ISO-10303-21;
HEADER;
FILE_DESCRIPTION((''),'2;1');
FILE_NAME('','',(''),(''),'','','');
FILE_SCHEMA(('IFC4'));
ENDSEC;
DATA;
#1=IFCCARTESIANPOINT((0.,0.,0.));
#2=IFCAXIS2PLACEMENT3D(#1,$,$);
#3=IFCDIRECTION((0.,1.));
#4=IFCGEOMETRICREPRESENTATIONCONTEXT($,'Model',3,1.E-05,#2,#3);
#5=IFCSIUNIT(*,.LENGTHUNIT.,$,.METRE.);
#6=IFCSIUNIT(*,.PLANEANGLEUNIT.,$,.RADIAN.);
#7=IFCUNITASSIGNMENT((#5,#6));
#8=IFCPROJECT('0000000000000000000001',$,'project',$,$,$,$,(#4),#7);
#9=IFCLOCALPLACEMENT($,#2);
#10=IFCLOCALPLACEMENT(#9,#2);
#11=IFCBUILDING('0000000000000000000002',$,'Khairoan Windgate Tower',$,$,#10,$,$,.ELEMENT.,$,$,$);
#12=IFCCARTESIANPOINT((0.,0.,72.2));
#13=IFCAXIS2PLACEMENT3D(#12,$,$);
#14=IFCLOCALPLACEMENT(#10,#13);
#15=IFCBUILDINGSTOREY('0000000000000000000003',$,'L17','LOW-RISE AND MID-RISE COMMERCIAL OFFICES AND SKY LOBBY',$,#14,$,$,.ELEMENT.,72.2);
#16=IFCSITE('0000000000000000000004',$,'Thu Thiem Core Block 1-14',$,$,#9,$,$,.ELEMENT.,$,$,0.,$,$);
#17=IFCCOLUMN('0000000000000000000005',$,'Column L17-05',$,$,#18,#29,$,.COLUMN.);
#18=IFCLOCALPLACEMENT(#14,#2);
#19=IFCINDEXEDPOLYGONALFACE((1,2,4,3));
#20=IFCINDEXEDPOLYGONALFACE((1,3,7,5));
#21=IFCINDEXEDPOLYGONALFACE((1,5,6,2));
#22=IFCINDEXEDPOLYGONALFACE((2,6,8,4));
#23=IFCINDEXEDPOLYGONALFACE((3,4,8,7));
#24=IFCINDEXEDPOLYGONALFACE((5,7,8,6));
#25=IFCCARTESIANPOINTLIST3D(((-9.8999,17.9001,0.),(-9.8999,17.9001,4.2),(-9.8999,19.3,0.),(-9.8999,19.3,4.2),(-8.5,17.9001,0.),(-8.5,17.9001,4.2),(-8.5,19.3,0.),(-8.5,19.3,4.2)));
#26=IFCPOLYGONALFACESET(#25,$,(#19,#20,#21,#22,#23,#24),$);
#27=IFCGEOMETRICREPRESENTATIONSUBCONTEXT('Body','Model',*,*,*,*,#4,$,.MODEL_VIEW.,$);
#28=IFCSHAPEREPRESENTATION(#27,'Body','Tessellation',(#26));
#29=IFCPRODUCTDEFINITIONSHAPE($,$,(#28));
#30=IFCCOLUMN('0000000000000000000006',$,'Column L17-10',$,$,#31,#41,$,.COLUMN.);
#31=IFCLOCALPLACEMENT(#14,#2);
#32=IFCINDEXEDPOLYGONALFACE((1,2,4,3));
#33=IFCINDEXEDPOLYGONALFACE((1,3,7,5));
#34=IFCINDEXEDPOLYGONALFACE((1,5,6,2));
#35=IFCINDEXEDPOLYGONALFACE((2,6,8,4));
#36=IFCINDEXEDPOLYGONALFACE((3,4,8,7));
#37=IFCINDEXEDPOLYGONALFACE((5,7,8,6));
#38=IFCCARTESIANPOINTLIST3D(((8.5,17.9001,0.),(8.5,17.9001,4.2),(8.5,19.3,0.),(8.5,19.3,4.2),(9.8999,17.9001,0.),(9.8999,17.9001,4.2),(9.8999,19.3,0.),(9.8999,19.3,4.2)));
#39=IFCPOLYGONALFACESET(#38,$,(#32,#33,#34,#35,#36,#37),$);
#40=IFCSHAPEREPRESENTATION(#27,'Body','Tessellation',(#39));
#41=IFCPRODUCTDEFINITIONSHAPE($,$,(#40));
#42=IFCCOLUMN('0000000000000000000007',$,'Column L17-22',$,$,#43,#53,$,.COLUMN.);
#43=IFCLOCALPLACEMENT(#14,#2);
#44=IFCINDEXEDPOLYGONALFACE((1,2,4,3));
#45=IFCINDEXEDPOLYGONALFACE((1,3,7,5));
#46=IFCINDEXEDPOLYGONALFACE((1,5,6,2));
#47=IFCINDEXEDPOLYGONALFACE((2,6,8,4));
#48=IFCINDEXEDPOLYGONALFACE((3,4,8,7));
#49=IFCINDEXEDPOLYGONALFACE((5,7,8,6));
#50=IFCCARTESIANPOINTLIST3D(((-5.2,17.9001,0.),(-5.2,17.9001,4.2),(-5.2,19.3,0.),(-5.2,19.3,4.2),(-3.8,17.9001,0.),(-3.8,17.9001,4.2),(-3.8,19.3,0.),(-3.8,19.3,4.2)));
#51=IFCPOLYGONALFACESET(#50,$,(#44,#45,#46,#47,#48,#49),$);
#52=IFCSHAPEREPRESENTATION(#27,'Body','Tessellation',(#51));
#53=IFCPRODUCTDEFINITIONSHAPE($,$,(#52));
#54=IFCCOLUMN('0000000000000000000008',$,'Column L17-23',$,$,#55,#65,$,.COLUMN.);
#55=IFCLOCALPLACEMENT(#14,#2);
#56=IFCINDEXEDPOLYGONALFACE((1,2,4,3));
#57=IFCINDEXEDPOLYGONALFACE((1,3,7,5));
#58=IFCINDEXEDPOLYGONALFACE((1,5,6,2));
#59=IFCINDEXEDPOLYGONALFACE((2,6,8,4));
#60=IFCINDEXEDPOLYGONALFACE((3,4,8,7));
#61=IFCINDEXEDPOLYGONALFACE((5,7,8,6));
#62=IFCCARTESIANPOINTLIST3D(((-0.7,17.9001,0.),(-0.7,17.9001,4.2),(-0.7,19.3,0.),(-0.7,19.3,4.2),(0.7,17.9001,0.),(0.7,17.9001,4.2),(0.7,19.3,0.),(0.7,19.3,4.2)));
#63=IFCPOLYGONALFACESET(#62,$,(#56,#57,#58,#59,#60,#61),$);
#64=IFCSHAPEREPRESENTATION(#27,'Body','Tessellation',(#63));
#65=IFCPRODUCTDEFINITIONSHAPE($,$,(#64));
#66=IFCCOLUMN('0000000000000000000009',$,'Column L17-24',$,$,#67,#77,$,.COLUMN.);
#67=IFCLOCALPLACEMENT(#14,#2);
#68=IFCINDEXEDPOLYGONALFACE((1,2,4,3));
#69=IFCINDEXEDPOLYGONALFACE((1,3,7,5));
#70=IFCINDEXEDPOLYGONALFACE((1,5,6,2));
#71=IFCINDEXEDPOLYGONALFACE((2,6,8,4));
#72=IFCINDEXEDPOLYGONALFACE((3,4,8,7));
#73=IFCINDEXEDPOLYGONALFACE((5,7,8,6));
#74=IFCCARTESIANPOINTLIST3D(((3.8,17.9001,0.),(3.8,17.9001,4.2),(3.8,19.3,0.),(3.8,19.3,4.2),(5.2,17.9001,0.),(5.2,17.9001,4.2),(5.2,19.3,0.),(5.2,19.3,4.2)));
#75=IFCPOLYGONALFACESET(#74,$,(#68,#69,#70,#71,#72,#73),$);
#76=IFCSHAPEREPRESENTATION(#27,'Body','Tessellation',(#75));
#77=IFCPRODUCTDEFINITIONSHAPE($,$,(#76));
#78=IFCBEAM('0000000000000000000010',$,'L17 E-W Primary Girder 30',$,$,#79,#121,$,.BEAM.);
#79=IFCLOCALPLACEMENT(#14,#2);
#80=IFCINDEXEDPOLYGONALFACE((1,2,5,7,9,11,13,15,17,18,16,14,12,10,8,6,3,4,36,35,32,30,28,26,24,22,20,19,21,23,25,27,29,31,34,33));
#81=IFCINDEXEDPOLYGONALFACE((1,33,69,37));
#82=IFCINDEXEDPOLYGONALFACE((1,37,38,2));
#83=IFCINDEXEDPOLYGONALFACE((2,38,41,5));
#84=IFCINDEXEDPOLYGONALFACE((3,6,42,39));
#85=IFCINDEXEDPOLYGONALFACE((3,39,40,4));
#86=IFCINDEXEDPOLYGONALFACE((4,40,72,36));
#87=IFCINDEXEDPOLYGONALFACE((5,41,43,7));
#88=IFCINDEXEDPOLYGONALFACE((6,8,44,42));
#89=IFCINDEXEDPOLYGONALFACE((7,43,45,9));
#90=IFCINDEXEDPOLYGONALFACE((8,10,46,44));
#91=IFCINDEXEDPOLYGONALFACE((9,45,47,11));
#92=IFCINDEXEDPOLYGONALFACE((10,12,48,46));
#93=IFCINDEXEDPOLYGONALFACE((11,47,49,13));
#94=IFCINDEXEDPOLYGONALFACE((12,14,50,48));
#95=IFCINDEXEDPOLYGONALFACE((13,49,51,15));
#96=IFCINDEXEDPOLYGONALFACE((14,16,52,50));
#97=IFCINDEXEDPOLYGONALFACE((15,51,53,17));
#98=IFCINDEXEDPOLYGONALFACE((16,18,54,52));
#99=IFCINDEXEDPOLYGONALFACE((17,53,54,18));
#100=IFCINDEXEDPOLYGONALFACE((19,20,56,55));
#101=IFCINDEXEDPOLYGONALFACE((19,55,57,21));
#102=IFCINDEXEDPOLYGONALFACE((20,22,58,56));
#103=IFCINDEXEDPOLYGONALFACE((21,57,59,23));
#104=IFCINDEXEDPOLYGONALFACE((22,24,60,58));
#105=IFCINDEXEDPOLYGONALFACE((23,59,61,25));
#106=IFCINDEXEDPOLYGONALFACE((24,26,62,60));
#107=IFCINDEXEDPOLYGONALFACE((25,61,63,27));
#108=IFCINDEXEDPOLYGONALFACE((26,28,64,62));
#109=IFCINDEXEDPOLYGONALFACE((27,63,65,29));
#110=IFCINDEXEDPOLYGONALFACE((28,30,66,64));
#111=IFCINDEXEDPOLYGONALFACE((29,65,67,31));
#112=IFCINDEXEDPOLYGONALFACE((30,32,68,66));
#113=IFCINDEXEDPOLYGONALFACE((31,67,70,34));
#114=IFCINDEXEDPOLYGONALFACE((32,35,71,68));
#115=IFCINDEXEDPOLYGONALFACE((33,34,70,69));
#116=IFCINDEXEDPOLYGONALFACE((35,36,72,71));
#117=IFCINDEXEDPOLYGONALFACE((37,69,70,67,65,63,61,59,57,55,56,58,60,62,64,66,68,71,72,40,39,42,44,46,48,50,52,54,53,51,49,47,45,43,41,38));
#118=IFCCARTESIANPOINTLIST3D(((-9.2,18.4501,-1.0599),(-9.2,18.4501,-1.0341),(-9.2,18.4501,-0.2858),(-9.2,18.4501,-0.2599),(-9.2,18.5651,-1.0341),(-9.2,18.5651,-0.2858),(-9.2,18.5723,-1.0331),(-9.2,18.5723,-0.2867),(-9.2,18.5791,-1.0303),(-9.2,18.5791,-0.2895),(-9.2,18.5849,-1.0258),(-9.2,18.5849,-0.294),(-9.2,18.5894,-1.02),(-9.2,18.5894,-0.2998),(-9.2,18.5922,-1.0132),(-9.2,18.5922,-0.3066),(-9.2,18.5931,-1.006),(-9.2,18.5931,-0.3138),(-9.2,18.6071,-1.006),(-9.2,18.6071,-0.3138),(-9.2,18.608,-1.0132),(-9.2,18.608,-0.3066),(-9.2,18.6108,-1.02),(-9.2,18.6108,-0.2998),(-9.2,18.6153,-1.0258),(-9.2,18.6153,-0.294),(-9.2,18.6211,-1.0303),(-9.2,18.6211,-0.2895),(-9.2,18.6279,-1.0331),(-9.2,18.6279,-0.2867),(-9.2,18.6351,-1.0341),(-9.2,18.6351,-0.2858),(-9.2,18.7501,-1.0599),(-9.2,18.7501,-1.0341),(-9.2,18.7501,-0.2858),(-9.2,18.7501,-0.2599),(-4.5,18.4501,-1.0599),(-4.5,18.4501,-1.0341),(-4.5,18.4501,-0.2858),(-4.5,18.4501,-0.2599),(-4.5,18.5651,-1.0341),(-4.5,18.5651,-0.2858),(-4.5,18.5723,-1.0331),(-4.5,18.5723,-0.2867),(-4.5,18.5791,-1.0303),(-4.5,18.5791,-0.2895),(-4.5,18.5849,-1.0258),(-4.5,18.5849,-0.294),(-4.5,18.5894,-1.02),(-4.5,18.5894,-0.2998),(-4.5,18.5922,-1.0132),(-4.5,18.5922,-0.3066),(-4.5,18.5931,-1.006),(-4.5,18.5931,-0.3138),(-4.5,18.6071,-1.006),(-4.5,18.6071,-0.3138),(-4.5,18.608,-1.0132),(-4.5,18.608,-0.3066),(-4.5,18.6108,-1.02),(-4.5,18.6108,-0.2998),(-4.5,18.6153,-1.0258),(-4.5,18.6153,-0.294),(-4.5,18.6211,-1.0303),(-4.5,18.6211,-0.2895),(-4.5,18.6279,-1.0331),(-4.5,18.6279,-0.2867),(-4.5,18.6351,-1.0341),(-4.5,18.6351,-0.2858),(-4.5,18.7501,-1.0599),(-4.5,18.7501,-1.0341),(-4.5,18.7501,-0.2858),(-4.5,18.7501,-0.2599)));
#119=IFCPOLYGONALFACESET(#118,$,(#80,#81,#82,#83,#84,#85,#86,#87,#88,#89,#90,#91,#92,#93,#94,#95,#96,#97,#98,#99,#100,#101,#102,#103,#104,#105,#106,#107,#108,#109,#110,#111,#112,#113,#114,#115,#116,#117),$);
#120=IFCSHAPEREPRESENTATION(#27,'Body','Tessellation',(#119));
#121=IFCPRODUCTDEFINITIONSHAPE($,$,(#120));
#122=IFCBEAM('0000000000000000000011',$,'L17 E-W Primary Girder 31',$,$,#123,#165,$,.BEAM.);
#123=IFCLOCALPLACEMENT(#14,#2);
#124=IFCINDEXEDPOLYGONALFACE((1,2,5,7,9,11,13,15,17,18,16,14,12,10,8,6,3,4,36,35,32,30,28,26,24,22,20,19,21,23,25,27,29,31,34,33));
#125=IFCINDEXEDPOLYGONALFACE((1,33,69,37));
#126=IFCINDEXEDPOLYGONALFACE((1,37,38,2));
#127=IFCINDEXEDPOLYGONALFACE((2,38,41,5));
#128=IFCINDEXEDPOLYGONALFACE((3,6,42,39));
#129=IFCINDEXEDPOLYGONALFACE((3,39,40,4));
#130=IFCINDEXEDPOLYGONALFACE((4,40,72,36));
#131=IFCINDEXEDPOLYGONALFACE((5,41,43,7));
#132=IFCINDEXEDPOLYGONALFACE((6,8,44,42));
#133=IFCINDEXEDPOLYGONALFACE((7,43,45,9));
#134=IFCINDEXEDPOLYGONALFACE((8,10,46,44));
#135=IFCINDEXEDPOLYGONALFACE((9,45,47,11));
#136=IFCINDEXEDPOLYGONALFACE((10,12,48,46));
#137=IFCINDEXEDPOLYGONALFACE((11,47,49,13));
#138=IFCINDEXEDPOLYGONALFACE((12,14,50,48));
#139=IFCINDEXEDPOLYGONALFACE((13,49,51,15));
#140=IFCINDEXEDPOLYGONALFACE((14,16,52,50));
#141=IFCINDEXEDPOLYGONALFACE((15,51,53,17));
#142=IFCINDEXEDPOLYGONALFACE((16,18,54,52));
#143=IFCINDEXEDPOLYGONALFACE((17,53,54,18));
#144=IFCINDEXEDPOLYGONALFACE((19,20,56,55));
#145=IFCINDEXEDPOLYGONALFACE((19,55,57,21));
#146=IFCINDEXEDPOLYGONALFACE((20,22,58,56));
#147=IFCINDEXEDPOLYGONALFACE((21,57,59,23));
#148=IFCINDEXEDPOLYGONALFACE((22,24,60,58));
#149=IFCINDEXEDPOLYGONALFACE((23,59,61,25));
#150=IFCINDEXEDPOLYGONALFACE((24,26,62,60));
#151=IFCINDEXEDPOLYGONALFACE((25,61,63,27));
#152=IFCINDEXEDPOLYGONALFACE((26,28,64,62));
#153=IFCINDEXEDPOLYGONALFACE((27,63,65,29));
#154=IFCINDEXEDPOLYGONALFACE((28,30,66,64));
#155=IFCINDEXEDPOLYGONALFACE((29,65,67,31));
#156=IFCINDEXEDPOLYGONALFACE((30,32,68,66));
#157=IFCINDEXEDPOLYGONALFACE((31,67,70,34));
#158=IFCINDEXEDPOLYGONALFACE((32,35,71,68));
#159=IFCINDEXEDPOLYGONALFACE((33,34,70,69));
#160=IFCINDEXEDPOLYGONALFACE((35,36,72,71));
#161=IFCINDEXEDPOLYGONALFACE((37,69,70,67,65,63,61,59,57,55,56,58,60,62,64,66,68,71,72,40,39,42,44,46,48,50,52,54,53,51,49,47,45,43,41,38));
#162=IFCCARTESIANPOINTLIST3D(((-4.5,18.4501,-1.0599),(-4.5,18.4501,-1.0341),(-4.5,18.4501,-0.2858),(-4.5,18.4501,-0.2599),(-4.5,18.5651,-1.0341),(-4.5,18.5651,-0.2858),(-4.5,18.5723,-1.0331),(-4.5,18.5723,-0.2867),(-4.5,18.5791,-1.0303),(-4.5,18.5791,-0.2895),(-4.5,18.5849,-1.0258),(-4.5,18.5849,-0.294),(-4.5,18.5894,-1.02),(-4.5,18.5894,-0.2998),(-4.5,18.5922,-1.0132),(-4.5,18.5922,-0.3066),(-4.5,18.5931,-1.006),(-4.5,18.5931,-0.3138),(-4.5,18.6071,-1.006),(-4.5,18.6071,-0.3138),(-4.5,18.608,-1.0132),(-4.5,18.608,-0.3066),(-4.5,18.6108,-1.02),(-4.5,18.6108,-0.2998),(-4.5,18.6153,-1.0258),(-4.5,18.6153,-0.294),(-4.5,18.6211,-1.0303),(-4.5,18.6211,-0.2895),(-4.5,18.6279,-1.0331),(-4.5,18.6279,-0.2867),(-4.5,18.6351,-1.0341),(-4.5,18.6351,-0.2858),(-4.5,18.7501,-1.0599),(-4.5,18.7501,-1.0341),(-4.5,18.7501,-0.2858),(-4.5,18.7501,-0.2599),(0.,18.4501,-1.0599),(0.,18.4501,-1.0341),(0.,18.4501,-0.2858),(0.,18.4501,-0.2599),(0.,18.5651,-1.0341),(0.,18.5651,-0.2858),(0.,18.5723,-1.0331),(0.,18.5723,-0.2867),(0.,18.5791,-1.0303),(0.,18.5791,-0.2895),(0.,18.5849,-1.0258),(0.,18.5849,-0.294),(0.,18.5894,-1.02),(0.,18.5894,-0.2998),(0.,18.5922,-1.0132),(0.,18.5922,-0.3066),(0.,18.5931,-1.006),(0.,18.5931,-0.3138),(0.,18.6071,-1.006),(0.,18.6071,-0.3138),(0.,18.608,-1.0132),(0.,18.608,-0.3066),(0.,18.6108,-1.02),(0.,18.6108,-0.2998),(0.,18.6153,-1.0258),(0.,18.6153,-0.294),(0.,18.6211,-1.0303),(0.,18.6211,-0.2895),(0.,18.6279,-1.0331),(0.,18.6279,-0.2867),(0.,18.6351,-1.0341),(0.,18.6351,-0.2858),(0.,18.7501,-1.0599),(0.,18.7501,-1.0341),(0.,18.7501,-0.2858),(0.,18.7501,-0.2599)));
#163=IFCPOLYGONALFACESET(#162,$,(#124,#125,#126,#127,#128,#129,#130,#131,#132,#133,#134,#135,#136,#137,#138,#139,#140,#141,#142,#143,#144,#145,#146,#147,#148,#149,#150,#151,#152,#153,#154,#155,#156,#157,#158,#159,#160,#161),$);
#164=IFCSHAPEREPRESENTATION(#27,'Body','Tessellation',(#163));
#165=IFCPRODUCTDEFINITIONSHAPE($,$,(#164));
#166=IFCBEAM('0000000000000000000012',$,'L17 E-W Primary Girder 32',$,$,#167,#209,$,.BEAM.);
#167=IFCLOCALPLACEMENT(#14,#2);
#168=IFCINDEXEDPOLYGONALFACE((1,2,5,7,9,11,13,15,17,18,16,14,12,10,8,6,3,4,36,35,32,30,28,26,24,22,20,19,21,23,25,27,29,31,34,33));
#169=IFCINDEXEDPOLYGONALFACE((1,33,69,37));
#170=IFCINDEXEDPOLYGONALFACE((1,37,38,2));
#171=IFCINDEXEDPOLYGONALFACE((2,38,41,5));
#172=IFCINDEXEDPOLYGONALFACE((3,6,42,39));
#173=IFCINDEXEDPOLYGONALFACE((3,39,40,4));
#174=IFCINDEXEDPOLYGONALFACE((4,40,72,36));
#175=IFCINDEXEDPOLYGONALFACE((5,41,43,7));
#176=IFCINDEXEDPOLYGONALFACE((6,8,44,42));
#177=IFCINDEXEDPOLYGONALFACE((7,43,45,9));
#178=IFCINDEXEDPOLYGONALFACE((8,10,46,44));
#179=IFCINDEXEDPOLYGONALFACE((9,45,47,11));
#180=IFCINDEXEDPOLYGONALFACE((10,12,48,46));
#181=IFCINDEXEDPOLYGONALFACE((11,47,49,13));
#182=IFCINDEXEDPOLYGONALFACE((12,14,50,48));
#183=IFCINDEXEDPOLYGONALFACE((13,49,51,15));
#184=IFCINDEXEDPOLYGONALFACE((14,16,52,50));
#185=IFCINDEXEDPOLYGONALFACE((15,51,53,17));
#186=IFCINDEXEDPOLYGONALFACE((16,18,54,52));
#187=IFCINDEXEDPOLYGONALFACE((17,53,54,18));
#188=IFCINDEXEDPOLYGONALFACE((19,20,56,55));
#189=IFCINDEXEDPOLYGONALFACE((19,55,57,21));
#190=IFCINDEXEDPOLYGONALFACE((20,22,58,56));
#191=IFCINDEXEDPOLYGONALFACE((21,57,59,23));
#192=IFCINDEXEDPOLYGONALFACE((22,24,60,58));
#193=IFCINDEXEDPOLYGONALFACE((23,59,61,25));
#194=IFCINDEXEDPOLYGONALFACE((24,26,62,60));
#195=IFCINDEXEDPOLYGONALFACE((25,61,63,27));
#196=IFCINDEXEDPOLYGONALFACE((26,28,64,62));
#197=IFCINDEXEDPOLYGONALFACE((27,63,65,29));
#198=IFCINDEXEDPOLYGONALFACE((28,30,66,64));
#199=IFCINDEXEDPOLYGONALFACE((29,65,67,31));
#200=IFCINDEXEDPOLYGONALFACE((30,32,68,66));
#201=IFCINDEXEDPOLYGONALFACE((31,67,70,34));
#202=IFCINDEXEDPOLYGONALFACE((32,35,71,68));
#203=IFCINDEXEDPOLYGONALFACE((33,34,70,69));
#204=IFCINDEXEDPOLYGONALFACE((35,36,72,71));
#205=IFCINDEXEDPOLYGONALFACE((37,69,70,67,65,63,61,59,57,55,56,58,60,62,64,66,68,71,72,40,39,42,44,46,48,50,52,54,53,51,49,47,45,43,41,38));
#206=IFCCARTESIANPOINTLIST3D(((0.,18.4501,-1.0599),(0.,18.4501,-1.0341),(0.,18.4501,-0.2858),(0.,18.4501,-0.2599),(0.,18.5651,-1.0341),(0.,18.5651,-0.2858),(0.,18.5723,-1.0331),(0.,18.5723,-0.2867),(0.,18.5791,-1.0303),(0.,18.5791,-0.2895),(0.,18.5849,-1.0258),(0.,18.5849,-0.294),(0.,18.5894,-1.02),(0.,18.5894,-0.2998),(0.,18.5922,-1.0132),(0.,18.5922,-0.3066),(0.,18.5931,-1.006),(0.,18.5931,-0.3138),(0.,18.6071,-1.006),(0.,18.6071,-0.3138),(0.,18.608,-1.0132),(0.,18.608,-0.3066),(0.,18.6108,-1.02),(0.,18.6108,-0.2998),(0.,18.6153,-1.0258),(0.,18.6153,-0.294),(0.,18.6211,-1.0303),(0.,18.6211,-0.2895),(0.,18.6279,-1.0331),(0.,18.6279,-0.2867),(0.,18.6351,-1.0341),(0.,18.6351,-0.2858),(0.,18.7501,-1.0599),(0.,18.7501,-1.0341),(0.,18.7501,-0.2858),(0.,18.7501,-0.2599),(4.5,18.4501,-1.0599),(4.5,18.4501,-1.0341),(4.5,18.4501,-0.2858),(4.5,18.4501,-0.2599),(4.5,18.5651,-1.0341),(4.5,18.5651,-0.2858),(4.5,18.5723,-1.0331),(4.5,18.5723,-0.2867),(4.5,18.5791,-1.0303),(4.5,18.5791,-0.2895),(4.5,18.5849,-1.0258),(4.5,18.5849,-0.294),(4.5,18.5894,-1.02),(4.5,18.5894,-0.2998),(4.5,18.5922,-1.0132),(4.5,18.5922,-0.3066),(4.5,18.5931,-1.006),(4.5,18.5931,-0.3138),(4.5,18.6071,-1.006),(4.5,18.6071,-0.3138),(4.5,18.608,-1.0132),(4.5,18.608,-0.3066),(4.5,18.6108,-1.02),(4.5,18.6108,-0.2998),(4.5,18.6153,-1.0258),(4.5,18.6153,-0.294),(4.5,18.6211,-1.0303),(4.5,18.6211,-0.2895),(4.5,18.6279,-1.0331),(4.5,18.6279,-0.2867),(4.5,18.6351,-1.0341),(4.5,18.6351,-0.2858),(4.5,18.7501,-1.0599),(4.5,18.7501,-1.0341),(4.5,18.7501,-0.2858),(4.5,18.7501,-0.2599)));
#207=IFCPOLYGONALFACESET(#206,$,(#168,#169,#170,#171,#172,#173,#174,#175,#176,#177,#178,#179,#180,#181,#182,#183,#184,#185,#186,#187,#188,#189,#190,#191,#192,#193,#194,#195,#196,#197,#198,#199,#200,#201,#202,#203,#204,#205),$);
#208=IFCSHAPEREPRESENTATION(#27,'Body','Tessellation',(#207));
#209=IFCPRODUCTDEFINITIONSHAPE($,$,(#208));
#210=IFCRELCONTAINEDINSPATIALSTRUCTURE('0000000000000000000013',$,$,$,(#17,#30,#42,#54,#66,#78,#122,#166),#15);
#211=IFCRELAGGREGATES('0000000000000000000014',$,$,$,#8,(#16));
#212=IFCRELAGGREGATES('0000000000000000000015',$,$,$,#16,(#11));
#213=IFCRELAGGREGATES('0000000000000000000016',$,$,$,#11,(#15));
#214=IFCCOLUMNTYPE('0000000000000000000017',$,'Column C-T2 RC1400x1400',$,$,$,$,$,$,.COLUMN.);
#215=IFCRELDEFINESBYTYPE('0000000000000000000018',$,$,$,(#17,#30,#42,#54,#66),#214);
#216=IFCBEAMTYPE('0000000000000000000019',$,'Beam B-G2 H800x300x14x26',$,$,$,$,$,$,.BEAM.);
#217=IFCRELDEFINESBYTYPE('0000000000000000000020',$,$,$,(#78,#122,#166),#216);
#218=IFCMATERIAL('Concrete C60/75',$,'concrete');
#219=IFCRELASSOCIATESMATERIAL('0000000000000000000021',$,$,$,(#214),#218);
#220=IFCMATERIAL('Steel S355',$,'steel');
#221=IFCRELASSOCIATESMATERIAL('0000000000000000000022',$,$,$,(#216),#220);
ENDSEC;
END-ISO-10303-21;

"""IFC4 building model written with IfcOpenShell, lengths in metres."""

from ifc_helpers import new_model, si_unit, direction, frame, origin, origin_2d, place, context, subcontext, project, spatial, rectangle, i_section, extrude, material, material_profile, profile_set, type_object, element, save


model = new_model("IFC4")

# Units and contexts
model_context = context("Model", 3, precision=1e-05, world=origin(), true_north=direction((0.0, 1.0)))
body_context = subcontext(model_context, "Body", "Model", "MODEL_VIEW")
ifc_project = project(units=[si_unit("LENGTHUNIT", "METRE"), si_unit("PLANEANGLEUNIT", "RADIAN")], contexts=[model_context])

# Site, building, storey
site_placement = place(None, origin())
site = spatial("IfcSite", under=ifc_project, at=site_placement, Name="Thu Thiem Core Block 1-14", CompositionType="ELEMENT", RefElevation=0.0)
building_placement = place(site_placement, origin())
building = spatial("IfcBuilding", under=site, at=building_placement, Name="Khairoan Windgate Tower", CompositionType="ELEMENT")
storey_placement = place(building_placement, frame((0.0, 0.0, 72.2)))
storey = spatial("IfcBuildingStorey", under=building, at=storey_placement, Name="L17", Description="LOW-RISE AND MID-RISE COMMERCIAL OFFICES AND SKY LOBBY", CompositionType="ELEMENT", Elevation=72.2)

# Columns
ifc_material_1 = material(Name="Concrete C60/75", Category="concrete")
ifc_material_profile_1 = material_profile(ifc_material_1, rectangle(XDim=1.3999, YDim=1.3999, at=origin_2d()))
ifc_profile_set_1 = profile_set([ifc_material_profile_1], Name="Concrete C60/75")
column_type = type_object("IfcColumnType", Name="Column C-T2 RC1400x1400", PredefinedType="COLUMN", material=ifc_profile_set_1)
for number, where, z_axis, x_axis, name in (
    (1, (-9.2, 18.6001, 0.0), (0.0, 0.0, 1.0), (1.0, 0.0, 0.0), "Column L17-05"),
    (2, (9.2, 18.6001, 0.0), (0.0, 0.0, 1.0), (1.0, 0.0, 0.0), "Column L17-10"),
    (3, (-4.5, 18.6001, 0.0), (0.0, 0.0, 1.0), (1.0, 0.0, 0.0), "Column L17-22"),
    (4, (0.0, 18.6001, 0.0), (0.0, 0.0, 1.0), (1.0, 0.0, 0.0), "Column L17-23"),
    (5, (4.5, 18.6001, 0.0), (0.0, 0.0, 1.0), (1.0, 0.0, 0.0), "Column L17-24"),
):
    element("IfcColumn", number, at=place(storey_placement, frame(where, z_axis=z_axis, x_axis=x_axis)), inside=storey, type_object=column_type, Name=name, PredefinedType="COLUMN", context=body_context, shape_type="SweptSolid", body=[
        extrude(rectangle(XDim=1.3999, YDim=1.3999, at=origin_2d()), origin(), (0.0, 0.0, 1.0), 4.2),
    ])

# Beams
ifc_material_2 = material(Name="Steel S355", Category="steel")
ifc_material_profile_2 = material_profile(ifc_material_2, i_section(OverallWidth=0.3, OverallDepth=0.8, WebThickness=0.0139, FlangeThickness=0.0259, FilletRadius=0.0281, at=origin_2d()))
ifc_profile_set_2 = profile_set([ifc_material_profile_2], Name="Steel S355")
beam_type = type_object("IfcBeamType", Name="Beam B-G2 H800x300x14x26", PredefinedType="BEAM", material=ifc_profile_set_2)
beam_1_placement = place(storey_placement, frame((-9.2, 18.6001, -0.6599), z_axis=(1.0, 0.0, 0.0), x_axis=(0.0, 1.0, 0.0)))
element("IfcBeam", 6, at=beam_1_placement, inside=storey, type_object=beam_type, Name="L17 E-W Primary Girder 30", PredefinedType="BEAM", context=body_context, shape_type="SweptSolid", body=[
    extrude(i_section(OverallWidth=0.3, OverallDepth=0.8, WebThickness=0.0139, FlangeThickness=0.0259, FilletRadius=0.0281, at=origin_2d()), origin(), (0.0, 0.0, 1.0), 4.7),
])
for number, where, z_axis, x_axis, name in (
    (7, (-4.5, 18.6001, -0.6599), (1.0, 0.0, 0.0), (0.0, 1.0, 0.0), "L17 E-W Primary Girder 31"),
    (8, (0.0, 18.6001, -0.6599), (1.0, 0.0, 0.0), (0.0, 1.0, 0.0), "L17 E-W Primary Girder 32"),
):
    element("IfcBeam", number, at=place(storey_placement, frame(where, z_axis=z_axis, x_axis=x_axis)), inside=storey, type_object=beam_type, Name=name, PredefinedType="BEAM", context=body_context, shape_type="SweptSolid", body=[
        extrude(i_section(OverallWidth=0.3, OverallDepth=0.8, WebThickness=0.0139, FlangeThickness=0.0259, FilletRadius=0.0281, at=origin_2d()), origin(), (0.0, 0.0, 1.0), 4.5),
    ])

save(model, "model.ifc")
